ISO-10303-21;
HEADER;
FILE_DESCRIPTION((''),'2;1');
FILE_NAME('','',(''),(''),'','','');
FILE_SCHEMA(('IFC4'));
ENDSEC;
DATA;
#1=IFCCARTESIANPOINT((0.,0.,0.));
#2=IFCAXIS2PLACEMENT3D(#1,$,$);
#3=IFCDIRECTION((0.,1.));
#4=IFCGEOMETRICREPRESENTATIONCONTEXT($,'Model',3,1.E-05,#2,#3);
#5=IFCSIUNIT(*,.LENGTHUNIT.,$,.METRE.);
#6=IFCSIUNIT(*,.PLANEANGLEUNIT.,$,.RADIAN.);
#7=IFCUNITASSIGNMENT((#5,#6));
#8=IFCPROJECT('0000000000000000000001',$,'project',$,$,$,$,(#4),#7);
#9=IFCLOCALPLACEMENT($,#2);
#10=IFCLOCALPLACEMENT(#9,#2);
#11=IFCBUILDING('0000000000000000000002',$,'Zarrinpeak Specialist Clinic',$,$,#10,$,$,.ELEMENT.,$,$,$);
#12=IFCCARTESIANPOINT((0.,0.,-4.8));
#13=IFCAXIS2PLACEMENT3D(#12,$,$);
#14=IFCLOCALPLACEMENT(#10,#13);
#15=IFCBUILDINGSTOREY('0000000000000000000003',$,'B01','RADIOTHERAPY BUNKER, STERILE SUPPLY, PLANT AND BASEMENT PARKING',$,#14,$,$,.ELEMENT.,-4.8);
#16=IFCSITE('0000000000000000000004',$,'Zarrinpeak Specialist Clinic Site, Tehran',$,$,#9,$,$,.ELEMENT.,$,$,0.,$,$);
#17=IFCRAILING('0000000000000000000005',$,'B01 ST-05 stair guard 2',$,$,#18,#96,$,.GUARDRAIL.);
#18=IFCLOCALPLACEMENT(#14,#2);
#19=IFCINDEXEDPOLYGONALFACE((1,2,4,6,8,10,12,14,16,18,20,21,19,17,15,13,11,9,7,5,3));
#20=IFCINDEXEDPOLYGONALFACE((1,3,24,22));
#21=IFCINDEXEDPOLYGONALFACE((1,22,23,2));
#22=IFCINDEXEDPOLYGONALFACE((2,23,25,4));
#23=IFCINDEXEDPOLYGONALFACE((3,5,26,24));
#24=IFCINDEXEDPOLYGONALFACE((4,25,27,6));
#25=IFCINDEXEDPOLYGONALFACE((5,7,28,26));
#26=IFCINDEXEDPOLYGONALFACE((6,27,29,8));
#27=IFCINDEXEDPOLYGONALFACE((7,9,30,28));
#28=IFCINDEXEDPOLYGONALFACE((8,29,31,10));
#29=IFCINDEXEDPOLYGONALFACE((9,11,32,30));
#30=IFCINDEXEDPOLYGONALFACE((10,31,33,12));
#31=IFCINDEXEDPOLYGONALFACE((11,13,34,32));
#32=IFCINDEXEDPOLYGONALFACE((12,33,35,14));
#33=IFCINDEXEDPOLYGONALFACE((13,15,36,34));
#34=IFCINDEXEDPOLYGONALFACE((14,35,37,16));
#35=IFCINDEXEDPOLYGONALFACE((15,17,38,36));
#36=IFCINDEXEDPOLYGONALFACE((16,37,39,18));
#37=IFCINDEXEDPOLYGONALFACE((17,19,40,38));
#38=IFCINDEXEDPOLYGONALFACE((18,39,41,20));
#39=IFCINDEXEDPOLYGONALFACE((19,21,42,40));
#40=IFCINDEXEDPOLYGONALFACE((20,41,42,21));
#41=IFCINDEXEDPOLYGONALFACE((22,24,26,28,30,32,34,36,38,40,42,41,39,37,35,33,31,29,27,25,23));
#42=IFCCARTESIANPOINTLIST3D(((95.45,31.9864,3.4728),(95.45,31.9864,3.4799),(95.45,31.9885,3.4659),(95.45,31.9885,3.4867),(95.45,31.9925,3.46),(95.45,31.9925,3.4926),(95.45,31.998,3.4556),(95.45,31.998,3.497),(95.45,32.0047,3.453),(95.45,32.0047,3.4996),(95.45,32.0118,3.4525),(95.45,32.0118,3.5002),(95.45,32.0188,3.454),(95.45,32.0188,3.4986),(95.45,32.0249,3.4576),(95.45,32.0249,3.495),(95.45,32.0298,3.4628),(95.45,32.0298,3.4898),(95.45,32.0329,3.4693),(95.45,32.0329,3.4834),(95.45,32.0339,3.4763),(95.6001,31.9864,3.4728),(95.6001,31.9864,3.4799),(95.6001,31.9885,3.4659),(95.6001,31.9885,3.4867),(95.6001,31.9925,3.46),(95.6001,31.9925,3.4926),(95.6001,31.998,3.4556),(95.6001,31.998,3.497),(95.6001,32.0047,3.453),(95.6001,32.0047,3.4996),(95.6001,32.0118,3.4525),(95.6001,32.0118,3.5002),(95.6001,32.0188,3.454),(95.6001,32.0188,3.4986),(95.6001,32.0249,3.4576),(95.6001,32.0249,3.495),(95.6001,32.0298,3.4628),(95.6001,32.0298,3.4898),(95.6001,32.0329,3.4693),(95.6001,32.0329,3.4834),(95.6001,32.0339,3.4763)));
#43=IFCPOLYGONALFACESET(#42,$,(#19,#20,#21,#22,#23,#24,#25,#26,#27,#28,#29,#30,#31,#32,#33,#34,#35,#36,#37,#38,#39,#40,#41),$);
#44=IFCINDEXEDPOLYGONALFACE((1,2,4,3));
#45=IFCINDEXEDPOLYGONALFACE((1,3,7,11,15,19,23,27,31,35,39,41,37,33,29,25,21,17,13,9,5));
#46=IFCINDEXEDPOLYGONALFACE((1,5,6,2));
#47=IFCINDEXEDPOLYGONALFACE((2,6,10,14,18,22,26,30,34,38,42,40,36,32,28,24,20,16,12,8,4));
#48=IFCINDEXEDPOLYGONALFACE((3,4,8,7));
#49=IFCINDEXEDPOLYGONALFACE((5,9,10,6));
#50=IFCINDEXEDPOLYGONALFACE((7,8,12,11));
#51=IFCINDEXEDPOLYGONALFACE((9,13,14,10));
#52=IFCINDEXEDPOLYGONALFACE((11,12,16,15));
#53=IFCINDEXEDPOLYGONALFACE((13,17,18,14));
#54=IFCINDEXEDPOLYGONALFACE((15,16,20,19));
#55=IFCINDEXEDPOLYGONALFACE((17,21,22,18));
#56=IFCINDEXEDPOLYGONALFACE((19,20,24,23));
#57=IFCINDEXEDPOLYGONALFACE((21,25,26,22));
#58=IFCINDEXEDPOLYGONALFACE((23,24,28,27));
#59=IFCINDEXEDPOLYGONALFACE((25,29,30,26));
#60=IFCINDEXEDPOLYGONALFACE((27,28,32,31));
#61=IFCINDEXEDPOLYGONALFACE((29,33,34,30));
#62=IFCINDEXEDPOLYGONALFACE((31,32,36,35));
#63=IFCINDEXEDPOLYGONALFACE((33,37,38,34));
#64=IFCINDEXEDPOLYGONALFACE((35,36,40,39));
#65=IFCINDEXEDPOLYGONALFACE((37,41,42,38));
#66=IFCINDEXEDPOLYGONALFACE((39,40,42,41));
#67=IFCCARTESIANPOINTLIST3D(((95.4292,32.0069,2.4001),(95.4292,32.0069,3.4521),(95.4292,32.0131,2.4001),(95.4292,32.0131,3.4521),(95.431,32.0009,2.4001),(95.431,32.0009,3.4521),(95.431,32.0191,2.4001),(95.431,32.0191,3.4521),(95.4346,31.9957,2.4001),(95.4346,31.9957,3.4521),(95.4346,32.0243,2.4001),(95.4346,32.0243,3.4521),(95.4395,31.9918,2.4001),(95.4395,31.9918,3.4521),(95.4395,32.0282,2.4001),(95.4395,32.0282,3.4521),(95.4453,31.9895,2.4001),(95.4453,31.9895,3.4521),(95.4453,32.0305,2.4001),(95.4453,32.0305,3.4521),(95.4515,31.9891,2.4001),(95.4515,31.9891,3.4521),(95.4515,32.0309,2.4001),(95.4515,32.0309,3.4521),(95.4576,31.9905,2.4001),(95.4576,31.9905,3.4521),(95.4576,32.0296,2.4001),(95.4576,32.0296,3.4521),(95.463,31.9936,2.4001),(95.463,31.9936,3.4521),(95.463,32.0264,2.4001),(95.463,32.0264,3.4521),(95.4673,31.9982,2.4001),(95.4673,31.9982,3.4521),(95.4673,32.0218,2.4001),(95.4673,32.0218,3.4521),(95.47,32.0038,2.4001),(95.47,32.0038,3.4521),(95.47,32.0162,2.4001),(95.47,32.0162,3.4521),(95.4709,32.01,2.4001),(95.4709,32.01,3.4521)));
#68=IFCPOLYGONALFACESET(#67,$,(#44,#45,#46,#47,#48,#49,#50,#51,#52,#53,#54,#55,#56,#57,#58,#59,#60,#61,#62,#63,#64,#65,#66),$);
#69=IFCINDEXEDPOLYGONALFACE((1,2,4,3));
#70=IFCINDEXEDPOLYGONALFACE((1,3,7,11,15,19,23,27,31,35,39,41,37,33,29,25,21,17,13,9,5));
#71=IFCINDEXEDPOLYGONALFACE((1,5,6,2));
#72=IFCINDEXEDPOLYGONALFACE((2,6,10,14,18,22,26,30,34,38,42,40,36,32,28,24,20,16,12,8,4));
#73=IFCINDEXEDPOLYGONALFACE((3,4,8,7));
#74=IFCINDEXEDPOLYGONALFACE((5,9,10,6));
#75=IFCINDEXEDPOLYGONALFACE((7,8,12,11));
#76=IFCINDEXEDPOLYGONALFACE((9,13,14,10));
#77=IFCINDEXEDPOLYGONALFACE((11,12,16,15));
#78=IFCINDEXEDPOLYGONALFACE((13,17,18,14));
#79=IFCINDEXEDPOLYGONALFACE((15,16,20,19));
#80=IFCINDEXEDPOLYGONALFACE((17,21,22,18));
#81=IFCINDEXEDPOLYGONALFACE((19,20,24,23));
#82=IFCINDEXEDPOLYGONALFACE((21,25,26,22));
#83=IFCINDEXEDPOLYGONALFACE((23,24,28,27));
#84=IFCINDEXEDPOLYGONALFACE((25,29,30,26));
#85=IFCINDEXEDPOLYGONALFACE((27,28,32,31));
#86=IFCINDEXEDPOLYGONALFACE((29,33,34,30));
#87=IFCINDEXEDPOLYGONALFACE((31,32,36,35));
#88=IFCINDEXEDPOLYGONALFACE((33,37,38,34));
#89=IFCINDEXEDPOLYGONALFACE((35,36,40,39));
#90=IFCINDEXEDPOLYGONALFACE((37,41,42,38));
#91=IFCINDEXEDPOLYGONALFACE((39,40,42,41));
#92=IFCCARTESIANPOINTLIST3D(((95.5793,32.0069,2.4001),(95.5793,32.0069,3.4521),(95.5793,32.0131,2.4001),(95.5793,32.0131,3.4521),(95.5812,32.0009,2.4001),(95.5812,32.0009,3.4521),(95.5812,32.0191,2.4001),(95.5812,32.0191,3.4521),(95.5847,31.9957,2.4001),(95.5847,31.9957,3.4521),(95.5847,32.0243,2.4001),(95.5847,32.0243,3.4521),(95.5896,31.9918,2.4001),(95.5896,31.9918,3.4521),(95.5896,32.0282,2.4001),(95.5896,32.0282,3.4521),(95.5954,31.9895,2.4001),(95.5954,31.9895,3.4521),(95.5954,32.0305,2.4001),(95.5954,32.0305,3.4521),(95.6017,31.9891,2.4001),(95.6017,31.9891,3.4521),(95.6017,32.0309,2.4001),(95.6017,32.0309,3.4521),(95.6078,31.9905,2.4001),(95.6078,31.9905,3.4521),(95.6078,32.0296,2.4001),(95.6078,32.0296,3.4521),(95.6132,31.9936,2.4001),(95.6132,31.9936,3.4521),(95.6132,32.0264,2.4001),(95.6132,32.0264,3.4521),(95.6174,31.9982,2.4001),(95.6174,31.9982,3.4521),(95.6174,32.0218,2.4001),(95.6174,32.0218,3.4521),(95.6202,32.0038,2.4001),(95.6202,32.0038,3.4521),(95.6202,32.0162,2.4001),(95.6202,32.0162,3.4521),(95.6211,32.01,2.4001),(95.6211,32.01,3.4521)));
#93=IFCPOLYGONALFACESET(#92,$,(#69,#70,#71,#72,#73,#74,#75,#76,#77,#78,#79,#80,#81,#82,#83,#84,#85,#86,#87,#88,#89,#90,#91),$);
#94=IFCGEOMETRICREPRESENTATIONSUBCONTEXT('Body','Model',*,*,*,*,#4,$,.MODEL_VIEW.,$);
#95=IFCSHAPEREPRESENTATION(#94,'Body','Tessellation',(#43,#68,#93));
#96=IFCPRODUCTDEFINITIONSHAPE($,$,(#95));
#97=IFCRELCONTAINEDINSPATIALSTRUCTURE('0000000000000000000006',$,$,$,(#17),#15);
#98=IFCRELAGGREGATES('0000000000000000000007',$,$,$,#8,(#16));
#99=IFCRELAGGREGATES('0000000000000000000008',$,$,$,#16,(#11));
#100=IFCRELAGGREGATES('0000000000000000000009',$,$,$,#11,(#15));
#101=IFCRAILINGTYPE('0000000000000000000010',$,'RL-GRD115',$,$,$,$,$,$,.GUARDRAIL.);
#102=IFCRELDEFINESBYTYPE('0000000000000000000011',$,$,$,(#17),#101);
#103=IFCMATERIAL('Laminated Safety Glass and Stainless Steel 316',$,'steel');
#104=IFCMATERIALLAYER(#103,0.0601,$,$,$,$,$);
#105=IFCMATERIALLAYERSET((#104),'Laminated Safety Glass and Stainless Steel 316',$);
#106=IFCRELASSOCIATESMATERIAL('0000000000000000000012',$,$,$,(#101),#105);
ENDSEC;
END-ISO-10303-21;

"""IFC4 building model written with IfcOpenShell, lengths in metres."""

from ifc_helpers import new_model, si_unit, direction, frame, origin, origin_2d, place, context, subcontext, project, spatial, circle, extrude, material, layer, layer_set, type_object, element, save


model = new_model("IFC4")

# Units and contexts
model_context = context("Model", 3, precision=1e-05, world=origin(), true_north=direction((0.0, 1.0)))
body_context = subcontext(model_context, "Body", "Model", "MODEL_VIEW")
ifc_project = project(units=[si_unit("LENGTHUNIT", "METRE"), si_unit("PLANEANGLEUNIT", "RADIAN")], contexts=[model_context])

# Site, building, storey
site_placement = place(None, origin())
site = spatial("IfcSite", under=ifc_project, at=site_placement, Name="Zarrinpeak Specialist Clinic Site, Tehran", CompositionType="ELEMENT", RefElevation=0.0)
building_placement = place(site_placement, origin())
building = spatial("IfcBuilding", under=site, at=building_placement, Name="Zarrinpeak Specialist Clinic", CompositionType="ELEMENT")
storey_placement = place(building_placement, frame((0.0, 0.0, -4.8)))
storey = spatial("IfcBuildingStorey", under=building, at=storey_placement, Name="B01", Description="RADIOTHERAPY BUNKER, STERILE SUPPLY, PLANT AND BASEMENT PARKING", CompositionType="ELEMENT", Elevation=-4.8)

# Railing
ifc_material_1 = material(Name="Laminated Safety Glass and Stainless Steel 316", Category="steel")
ifc_layer_1 = layer(ifc_material_1, 0.0601)
ifc_layer_set_1 = layer_set([ifc_layer_1], Name="Laminated Safety Glass and Stainless Steel 316")
railing_type_1 = type_object("IfcRailingType", Name="RL-GRD115", PredefinedType="GUARDRAIL", material=ifc_layer_set_1)
railing_1_placement = place(storey_placement, frame((95.45, 32.01, 2.4001)))
element("IfcRailing", 1, at=railing_1_placement, inside=storey, type_object=railing_type_1, Name="B01 ST-05 stair guard 2", PredefinedType="GUARDRAIL", context=body_context, shape_type="SweptSolid", body=[
    extrude(circle(Radius=0.0239, at=origin_2d()), frame((0.0, 0.0, 1.0762), z_axis=(1.0, 0.0, 0.0), x_axis=(0.0, 1.0, 0.0)), (0.0, 0.0, 1.0), 0.1501),
    extrude(circle(Radius=0.021, at=origin_2d()), origin(), (0.0, 0.0, 1.0), 1.052),
    extrude(circle(Radius=0.021, at=origin_2d()), frame((0.1501, 0.0, 0.0)), (0.0, 0.0, 1.0), 1.052),
])

save(model, "model.ifc")
